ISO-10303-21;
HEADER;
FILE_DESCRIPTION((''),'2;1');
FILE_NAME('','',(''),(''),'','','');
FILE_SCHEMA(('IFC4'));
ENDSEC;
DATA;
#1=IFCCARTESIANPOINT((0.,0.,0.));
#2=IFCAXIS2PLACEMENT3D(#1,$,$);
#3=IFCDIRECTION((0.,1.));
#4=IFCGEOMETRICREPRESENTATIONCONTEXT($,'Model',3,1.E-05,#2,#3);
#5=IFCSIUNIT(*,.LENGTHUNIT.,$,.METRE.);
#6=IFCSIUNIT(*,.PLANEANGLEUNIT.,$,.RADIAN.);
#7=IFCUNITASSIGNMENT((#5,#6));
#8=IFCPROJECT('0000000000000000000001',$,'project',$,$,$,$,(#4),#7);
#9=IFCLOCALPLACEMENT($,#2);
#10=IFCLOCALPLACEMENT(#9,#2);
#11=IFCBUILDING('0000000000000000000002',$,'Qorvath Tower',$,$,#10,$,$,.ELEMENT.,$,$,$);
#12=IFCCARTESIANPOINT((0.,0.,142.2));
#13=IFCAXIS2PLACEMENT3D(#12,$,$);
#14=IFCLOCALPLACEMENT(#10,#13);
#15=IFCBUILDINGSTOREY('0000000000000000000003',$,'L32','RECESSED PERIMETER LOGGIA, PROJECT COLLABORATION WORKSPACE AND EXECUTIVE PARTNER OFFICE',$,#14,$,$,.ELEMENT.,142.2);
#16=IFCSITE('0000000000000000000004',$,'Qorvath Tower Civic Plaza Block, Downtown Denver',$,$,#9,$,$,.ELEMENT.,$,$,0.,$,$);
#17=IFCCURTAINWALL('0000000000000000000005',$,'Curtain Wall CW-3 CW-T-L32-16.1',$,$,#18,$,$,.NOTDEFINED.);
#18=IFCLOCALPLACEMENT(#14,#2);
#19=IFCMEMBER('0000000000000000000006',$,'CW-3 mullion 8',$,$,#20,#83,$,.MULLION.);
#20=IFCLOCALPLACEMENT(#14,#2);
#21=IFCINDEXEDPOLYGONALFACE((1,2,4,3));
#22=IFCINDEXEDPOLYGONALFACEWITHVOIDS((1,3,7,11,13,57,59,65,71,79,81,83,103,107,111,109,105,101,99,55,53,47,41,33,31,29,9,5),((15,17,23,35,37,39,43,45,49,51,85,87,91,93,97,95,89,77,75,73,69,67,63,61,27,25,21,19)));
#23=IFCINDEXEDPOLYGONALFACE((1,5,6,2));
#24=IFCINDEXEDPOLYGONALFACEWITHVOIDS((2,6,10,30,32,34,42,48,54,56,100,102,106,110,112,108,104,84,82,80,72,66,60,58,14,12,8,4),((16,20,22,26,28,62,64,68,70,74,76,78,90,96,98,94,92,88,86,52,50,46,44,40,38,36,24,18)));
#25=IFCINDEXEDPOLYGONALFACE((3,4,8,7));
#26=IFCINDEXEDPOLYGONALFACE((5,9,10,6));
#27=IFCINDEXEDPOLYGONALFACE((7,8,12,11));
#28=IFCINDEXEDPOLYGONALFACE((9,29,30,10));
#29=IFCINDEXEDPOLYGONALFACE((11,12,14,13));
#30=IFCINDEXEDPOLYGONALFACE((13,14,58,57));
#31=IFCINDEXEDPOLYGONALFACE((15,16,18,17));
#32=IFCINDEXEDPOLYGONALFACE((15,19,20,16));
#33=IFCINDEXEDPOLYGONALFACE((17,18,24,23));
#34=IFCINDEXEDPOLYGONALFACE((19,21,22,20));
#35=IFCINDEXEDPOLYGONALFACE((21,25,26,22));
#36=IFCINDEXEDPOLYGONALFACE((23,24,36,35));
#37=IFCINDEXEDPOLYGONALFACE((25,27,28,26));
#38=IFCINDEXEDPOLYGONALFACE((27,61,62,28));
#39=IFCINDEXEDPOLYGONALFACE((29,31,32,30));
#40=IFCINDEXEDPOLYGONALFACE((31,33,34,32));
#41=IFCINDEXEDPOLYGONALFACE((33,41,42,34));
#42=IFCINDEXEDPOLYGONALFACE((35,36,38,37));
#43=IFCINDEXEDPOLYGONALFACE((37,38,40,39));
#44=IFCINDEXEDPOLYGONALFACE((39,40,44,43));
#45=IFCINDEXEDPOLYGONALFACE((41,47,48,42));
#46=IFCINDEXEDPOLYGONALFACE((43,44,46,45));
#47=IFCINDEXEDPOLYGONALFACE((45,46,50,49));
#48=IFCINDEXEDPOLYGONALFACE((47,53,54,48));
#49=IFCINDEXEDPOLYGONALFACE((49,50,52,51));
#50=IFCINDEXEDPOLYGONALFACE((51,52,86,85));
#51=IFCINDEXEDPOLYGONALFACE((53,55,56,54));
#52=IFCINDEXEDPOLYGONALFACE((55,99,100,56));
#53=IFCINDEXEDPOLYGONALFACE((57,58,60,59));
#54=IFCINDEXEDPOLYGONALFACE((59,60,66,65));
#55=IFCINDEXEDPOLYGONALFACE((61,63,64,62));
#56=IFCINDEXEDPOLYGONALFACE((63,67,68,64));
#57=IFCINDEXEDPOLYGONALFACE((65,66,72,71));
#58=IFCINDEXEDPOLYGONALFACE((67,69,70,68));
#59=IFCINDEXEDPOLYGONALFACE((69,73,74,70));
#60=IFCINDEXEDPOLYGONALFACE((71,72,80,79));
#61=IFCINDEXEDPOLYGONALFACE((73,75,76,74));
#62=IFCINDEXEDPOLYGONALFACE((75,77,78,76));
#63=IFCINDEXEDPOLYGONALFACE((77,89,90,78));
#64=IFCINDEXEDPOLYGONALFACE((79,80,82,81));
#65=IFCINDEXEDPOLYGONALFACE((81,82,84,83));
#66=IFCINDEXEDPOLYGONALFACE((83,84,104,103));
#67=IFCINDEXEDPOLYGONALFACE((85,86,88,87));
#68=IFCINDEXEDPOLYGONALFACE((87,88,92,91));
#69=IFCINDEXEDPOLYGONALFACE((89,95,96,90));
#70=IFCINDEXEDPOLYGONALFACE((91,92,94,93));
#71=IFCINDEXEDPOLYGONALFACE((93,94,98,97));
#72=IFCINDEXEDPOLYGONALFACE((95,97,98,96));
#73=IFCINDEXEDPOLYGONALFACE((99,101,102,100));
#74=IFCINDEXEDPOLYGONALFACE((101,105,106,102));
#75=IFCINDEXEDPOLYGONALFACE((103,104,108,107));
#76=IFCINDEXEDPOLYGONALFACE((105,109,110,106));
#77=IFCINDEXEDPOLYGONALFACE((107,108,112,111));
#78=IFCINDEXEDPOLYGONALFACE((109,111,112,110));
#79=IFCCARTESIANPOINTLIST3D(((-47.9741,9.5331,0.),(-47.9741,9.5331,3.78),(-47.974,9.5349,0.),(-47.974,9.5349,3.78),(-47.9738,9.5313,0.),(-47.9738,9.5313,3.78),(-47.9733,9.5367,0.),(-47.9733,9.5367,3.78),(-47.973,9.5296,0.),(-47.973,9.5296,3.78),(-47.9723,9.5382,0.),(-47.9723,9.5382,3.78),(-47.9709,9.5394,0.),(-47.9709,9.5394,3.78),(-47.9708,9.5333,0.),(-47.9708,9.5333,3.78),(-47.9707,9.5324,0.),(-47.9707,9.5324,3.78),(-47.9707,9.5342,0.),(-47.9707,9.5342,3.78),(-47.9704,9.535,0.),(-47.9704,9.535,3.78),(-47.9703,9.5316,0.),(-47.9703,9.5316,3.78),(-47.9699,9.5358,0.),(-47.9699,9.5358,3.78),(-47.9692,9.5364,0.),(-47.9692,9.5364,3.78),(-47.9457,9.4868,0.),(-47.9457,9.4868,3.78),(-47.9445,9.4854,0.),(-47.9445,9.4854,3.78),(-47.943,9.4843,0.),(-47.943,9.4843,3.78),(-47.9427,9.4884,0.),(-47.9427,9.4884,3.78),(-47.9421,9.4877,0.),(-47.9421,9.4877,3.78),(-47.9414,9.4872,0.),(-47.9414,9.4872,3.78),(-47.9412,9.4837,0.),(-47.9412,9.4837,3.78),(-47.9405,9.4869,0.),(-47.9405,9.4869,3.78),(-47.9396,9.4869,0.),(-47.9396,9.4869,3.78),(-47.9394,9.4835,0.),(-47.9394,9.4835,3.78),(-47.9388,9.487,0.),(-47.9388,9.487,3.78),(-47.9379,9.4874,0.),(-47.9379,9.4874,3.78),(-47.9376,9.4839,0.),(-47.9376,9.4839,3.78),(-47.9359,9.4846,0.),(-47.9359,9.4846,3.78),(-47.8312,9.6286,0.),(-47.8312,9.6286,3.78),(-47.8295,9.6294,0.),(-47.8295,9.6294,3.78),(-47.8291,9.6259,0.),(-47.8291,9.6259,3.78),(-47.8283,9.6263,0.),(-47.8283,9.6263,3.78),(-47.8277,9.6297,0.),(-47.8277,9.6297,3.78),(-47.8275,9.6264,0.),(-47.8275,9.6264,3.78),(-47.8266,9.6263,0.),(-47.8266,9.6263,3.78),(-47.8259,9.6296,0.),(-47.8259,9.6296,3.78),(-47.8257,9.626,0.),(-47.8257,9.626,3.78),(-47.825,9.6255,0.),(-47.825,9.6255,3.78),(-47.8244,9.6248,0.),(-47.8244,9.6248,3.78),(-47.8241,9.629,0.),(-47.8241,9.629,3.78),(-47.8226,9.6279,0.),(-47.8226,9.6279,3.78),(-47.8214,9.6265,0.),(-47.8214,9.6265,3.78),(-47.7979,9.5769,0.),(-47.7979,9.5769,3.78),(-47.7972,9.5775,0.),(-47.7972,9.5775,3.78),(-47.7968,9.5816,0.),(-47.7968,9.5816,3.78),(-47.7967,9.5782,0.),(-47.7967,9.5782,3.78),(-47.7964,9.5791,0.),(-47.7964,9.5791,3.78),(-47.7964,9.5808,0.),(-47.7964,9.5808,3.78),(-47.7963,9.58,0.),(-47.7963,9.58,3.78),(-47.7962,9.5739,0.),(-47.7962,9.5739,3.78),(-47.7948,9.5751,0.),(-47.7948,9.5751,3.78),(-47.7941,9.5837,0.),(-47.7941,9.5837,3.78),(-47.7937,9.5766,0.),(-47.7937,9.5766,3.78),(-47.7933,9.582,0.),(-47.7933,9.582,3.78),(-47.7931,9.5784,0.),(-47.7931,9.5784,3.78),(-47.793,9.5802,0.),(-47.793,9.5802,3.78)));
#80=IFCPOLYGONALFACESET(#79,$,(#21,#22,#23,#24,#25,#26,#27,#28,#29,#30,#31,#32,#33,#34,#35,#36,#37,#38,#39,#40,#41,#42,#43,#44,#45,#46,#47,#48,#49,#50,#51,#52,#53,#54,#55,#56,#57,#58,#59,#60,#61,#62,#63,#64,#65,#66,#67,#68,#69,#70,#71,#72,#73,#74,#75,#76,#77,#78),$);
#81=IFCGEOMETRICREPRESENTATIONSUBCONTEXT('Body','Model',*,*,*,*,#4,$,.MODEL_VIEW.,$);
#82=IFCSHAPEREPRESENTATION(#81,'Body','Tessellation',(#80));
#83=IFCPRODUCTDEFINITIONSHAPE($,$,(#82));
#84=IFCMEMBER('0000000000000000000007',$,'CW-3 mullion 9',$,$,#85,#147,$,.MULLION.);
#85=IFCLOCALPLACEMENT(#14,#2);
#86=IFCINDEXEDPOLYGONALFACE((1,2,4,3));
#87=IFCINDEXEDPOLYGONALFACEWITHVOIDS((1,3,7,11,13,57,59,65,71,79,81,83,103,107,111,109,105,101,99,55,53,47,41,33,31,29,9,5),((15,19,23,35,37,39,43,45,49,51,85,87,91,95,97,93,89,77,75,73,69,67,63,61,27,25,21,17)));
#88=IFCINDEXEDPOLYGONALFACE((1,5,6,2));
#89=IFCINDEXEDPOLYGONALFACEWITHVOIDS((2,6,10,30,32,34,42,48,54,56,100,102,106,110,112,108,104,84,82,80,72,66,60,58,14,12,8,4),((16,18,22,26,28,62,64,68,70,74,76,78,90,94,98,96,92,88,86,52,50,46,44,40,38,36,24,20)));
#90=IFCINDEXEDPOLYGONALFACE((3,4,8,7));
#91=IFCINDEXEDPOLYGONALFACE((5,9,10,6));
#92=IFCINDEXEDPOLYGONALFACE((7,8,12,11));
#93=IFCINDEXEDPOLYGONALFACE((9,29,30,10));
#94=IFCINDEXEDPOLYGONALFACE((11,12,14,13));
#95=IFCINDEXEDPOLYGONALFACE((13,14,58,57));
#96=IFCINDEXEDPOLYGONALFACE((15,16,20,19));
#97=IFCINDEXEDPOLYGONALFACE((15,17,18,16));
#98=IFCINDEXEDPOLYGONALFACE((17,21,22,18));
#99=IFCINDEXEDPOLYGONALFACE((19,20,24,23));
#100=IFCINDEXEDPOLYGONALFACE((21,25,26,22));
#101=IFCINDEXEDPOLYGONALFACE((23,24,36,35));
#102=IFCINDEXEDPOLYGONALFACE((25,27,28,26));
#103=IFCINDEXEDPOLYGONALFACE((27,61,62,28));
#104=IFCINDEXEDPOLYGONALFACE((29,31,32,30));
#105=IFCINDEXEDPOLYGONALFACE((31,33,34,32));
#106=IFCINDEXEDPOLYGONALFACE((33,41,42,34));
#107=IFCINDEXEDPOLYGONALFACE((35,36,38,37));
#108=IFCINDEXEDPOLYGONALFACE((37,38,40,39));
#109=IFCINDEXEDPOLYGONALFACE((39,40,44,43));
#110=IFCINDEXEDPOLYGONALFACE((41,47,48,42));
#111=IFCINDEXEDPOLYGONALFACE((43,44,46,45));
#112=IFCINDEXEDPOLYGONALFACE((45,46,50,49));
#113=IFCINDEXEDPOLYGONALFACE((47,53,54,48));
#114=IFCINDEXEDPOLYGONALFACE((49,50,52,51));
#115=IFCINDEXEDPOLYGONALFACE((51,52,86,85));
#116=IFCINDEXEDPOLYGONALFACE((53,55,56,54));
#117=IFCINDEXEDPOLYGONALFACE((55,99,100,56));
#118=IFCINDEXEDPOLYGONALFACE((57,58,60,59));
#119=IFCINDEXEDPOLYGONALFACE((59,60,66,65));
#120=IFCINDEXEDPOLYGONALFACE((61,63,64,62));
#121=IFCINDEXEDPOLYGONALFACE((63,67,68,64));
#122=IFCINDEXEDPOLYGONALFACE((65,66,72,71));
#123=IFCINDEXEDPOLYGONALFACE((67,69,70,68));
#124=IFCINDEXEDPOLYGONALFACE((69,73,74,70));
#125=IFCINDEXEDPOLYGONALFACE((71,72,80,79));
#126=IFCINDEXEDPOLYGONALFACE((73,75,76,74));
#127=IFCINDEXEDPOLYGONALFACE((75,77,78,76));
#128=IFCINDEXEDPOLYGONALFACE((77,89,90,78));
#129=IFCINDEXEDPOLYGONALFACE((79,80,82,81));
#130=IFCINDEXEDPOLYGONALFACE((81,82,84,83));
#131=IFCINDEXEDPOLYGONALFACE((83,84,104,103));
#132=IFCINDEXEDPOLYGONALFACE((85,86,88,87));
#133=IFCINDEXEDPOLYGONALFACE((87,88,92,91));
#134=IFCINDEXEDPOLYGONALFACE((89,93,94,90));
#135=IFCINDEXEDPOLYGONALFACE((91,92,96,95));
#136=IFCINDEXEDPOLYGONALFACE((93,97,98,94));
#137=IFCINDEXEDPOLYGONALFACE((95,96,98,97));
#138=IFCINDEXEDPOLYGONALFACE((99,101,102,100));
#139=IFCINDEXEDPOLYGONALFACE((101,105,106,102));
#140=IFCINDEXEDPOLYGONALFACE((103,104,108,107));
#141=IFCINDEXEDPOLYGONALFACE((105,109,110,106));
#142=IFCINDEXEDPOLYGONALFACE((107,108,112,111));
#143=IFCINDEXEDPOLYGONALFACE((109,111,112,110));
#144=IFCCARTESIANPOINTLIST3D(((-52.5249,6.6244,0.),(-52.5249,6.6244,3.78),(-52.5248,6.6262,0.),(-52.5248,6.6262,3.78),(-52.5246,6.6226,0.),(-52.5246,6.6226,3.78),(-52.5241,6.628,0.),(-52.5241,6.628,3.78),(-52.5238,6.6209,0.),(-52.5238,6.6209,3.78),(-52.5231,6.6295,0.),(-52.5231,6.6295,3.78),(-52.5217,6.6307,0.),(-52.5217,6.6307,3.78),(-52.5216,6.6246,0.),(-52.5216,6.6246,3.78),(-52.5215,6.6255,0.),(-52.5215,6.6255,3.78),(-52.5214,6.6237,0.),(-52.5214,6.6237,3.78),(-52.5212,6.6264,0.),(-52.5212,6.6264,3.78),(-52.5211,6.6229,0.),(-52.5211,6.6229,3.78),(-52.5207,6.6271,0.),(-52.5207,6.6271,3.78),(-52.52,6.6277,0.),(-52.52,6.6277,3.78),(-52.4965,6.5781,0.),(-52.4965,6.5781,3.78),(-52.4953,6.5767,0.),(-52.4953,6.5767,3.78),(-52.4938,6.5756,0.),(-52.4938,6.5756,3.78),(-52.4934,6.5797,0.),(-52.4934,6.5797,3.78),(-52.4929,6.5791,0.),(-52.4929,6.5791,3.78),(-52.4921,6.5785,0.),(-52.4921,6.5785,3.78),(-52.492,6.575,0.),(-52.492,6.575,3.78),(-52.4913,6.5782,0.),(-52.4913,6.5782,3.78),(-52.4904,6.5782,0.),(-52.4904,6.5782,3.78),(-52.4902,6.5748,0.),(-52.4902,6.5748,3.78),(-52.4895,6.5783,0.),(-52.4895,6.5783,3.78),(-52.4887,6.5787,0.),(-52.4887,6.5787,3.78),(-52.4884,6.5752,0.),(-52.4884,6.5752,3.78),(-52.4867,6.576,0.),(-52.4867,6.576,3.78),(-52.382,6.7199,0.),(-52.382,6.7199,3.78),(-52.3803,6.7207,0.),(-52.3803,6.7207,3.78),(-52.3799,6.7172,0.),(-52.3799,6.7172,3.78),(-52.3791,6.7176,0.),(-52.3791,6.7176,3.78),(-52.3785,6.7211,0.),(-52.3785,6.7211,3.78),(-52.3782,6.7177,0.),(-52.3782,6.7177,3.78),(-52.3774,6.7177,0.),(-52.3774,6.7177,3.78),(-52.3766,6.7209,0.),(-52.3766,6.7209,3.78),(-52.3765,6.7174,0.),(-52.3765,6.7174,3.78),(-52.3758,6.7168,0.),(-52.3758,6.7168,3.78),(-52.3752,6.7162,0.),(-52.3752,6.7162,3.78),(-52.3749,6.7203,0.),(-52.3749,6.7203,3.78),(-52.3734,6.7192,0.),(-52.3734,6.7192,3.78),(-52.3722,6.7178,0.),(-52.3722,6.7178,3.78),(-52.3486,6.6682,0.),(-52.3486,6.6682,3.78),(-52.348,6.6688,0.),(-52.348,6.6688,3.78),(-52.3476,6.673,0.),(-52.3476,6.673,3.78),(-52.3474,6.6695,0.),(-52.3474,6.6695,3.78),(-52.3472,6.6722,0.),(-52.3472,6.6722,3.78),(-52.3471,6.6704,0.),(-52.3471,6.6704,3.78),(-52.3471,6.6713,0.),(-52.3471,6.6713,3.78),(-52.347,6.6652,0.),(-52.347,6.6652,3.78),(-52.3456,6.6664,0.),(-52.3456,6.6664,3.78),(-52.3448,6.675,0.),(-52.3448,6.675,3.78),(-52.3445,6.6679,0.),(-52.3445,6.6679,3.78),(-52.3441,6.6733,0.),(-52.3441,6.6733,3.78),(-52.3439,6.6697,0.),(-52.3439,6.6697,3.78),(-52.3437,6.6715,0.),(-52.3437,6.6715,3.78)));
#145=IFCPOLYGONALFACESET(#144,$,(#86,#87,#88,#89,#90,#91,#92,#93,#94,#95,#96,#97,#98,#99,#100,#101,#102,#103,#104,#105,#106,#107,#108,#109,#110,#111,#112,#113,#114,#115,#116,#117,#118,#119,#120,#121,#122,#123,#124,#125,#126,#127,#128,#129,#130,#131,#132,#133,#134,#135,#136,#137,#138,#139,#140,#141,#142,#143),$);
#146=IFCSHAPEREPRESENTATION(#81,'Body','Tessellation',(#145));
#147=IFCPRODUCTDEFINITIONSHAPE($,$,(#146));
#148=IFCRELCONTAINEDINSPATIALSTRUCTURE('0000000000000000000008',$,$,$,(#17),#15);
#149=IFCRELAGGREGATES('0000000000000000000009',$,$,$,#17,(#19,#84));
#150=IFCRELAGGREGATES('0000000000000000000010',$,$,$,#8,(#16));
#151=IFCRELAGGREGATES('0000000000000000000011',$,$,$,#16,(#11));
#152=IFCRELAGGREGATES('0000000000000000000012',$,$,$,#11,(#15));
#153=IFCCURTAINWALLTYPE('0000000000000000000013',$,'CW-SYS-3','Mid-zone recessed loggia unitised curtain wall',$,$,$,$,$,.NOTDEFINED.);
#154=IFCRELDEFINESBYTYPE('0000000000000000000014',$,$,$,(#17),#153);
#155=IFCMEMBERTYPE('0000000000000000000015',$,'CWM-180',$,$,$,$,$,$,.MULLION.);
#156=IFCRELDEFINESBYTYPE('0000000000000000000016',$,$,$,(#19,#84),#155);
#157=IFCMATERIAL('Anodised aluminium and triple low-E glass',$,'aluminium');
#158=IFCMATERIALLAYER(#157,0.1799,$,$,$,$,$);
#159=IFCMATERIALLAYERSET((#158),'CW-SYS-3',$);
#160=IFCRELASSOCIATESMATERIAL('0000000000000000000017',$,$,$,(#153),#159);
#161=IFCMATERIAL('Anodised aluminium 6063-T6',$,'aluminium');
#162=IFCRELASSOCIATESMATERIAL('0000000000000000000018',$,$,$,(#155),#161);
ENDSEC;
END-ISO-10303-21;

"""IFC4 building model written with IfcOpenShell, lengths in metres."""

from ifc_helpers import new_model, si_unit, direction, frame, origin, origin_2d, place, context, subcontext, project, spatial, hollow_rectangle, extrude, material, layer, layer_set, material_profile, profile_set, type_object, element, aggregate, save


model = new_model("IFC4")

# Units and contexts
model_context = context("Model", 3, precision=1e-05, world=origin(), true_north=direction((0.0, 1.0)))
body_context = subcontext(model_context, "Body", "Model", "MODEL_VIEW")
ifc_project = project(units=[si_unit("LENGTHUNIT", "METRE"), si_unit("PLANEANGLEUNIT", "RADIAN")], contexts=[model_context])

# Site, building, storey
site_placement = place(None, origin())
site = spatial("IfcSite", under=ifc_project, at=site_placement, Name="Qorvath Tower Civic Plaza Block, Downtown Denver", CompositionType="ELEMENT", RefElevation=0.0)
building_placement = place(site_placement, origin())
building = spatial("IfcBuilding", under=site, at=building_placement, Name="Qorvath Tower", CompositionType="ELEMENT")
storey_placement = place(building_placement, frame((0.0, 0.0, 142.2)))
storey = spatial("IfcBuildingStorey", under=building, at=storey_placement, Name="L32", Description="RECESSED PERIMETER LOGGIA, PROJECT COLLABORATION WORKSPACE AND EXECUTIVE PARTNER OFFICE", CompositionType="ELEMENT", Elevation=142.2)

# Curtain wall, members
ifc_material_1 = material(Name="Anodised aluminium and triple low-E glass", Category="aluminium")
ifc_layer_1 = layer(ifc_material_1, 0.1799)
ifc_layer_set_1 = layer_set([ifc_layer_1], Name="CW-SYS-3")
curtain_wall_type = type_object("IfcCurtainWallType", Name="CW-SYS-3", Description="Mid-zone recessed loggia unitised curtain wall", PredefinedType="NOTDEFINED", material=ifc_layer_set_1)
curtain_wall_placement = place(storey_placement, origin())
curtain_wall = element("IfcCurtainWall", 1, at=curtain_wall_placement, inside=storey, type_object=curtain_wall_type, Name="Curtain Wall CW-3 CW-T-L32-16.1", PredefinedType="NOTDEFINED")
ifc_material_2 = material(Name="Anodised aluminium 6063-T6", Category="aluminium")
ifc_material_profile_1 = material_profile(ifc_material_2, hollow_rectangle(XDim=0.0649, YDim=0.1799, WallThickness=0.0034, InnerFilletRadius=0.0034, OuterFilletRadius=0.0071, at=origin_2d()), Name="CWM 180x65")
ifc_profile_set_1 = profile_set([ifc_material_profile_1], Name="Anodised aluminium 6063-T6")
member_type_1 = type_object("IfcMemberType", Name="CWM-180", PredefinedType="MULLION", material=ifc_profile_set_1)
member_1_placement = place(storey_placement, frame((-47.8835, 9.5566, 0.0), z_axis=(0.0, 0.0, 1.0), x_axis=(0.538533, -0.842604, 0.0)))
member_1 = element("IfcMember", 2, at=member_1_placement, type_object=member_type_1, Name="CW-3 mullion 8", PredefinedType="MULLION", context=body_context, shape_type="SweptSolid", body=[
    extrude(hollow_rectangle(XDim=0.0649, YDim=0.1799, WallThickness=0.0034, InnerFilletRadius=0.0034, OuterFilletRadius=0.0071, at=origin_2d()), origin(), (0.0, 0.0, 1.0), 3.78),
])
member_2_placement = place(storey_placement, frame((-52.4343, 6.6479, 0.0), z_axis=(0.0, 0.0, 1.0), x_axis=(0.538533, -0.842604, 0.0)))
member_2 = element("IfcMember", 3, at=member_2_placement, type_object=member_type_1, Name="CW-3 mullion 9", PredefinedType="MULLION", context=body_context, shape_type="SweptSolid", body=[
    extrude(hollow_rectangle(XDim=0.0649, YDim=0.1799, WallThickness=0.0034, InnerFilletRadius=0.0034, OuterFilletRadius=0.0071, at=origin_2d()), origin(), (0.0, 0.0, 1.0), 3.78),
])
aggregate(curtain_wall, [member_1, member_2])

save(model, "model.ifc")
